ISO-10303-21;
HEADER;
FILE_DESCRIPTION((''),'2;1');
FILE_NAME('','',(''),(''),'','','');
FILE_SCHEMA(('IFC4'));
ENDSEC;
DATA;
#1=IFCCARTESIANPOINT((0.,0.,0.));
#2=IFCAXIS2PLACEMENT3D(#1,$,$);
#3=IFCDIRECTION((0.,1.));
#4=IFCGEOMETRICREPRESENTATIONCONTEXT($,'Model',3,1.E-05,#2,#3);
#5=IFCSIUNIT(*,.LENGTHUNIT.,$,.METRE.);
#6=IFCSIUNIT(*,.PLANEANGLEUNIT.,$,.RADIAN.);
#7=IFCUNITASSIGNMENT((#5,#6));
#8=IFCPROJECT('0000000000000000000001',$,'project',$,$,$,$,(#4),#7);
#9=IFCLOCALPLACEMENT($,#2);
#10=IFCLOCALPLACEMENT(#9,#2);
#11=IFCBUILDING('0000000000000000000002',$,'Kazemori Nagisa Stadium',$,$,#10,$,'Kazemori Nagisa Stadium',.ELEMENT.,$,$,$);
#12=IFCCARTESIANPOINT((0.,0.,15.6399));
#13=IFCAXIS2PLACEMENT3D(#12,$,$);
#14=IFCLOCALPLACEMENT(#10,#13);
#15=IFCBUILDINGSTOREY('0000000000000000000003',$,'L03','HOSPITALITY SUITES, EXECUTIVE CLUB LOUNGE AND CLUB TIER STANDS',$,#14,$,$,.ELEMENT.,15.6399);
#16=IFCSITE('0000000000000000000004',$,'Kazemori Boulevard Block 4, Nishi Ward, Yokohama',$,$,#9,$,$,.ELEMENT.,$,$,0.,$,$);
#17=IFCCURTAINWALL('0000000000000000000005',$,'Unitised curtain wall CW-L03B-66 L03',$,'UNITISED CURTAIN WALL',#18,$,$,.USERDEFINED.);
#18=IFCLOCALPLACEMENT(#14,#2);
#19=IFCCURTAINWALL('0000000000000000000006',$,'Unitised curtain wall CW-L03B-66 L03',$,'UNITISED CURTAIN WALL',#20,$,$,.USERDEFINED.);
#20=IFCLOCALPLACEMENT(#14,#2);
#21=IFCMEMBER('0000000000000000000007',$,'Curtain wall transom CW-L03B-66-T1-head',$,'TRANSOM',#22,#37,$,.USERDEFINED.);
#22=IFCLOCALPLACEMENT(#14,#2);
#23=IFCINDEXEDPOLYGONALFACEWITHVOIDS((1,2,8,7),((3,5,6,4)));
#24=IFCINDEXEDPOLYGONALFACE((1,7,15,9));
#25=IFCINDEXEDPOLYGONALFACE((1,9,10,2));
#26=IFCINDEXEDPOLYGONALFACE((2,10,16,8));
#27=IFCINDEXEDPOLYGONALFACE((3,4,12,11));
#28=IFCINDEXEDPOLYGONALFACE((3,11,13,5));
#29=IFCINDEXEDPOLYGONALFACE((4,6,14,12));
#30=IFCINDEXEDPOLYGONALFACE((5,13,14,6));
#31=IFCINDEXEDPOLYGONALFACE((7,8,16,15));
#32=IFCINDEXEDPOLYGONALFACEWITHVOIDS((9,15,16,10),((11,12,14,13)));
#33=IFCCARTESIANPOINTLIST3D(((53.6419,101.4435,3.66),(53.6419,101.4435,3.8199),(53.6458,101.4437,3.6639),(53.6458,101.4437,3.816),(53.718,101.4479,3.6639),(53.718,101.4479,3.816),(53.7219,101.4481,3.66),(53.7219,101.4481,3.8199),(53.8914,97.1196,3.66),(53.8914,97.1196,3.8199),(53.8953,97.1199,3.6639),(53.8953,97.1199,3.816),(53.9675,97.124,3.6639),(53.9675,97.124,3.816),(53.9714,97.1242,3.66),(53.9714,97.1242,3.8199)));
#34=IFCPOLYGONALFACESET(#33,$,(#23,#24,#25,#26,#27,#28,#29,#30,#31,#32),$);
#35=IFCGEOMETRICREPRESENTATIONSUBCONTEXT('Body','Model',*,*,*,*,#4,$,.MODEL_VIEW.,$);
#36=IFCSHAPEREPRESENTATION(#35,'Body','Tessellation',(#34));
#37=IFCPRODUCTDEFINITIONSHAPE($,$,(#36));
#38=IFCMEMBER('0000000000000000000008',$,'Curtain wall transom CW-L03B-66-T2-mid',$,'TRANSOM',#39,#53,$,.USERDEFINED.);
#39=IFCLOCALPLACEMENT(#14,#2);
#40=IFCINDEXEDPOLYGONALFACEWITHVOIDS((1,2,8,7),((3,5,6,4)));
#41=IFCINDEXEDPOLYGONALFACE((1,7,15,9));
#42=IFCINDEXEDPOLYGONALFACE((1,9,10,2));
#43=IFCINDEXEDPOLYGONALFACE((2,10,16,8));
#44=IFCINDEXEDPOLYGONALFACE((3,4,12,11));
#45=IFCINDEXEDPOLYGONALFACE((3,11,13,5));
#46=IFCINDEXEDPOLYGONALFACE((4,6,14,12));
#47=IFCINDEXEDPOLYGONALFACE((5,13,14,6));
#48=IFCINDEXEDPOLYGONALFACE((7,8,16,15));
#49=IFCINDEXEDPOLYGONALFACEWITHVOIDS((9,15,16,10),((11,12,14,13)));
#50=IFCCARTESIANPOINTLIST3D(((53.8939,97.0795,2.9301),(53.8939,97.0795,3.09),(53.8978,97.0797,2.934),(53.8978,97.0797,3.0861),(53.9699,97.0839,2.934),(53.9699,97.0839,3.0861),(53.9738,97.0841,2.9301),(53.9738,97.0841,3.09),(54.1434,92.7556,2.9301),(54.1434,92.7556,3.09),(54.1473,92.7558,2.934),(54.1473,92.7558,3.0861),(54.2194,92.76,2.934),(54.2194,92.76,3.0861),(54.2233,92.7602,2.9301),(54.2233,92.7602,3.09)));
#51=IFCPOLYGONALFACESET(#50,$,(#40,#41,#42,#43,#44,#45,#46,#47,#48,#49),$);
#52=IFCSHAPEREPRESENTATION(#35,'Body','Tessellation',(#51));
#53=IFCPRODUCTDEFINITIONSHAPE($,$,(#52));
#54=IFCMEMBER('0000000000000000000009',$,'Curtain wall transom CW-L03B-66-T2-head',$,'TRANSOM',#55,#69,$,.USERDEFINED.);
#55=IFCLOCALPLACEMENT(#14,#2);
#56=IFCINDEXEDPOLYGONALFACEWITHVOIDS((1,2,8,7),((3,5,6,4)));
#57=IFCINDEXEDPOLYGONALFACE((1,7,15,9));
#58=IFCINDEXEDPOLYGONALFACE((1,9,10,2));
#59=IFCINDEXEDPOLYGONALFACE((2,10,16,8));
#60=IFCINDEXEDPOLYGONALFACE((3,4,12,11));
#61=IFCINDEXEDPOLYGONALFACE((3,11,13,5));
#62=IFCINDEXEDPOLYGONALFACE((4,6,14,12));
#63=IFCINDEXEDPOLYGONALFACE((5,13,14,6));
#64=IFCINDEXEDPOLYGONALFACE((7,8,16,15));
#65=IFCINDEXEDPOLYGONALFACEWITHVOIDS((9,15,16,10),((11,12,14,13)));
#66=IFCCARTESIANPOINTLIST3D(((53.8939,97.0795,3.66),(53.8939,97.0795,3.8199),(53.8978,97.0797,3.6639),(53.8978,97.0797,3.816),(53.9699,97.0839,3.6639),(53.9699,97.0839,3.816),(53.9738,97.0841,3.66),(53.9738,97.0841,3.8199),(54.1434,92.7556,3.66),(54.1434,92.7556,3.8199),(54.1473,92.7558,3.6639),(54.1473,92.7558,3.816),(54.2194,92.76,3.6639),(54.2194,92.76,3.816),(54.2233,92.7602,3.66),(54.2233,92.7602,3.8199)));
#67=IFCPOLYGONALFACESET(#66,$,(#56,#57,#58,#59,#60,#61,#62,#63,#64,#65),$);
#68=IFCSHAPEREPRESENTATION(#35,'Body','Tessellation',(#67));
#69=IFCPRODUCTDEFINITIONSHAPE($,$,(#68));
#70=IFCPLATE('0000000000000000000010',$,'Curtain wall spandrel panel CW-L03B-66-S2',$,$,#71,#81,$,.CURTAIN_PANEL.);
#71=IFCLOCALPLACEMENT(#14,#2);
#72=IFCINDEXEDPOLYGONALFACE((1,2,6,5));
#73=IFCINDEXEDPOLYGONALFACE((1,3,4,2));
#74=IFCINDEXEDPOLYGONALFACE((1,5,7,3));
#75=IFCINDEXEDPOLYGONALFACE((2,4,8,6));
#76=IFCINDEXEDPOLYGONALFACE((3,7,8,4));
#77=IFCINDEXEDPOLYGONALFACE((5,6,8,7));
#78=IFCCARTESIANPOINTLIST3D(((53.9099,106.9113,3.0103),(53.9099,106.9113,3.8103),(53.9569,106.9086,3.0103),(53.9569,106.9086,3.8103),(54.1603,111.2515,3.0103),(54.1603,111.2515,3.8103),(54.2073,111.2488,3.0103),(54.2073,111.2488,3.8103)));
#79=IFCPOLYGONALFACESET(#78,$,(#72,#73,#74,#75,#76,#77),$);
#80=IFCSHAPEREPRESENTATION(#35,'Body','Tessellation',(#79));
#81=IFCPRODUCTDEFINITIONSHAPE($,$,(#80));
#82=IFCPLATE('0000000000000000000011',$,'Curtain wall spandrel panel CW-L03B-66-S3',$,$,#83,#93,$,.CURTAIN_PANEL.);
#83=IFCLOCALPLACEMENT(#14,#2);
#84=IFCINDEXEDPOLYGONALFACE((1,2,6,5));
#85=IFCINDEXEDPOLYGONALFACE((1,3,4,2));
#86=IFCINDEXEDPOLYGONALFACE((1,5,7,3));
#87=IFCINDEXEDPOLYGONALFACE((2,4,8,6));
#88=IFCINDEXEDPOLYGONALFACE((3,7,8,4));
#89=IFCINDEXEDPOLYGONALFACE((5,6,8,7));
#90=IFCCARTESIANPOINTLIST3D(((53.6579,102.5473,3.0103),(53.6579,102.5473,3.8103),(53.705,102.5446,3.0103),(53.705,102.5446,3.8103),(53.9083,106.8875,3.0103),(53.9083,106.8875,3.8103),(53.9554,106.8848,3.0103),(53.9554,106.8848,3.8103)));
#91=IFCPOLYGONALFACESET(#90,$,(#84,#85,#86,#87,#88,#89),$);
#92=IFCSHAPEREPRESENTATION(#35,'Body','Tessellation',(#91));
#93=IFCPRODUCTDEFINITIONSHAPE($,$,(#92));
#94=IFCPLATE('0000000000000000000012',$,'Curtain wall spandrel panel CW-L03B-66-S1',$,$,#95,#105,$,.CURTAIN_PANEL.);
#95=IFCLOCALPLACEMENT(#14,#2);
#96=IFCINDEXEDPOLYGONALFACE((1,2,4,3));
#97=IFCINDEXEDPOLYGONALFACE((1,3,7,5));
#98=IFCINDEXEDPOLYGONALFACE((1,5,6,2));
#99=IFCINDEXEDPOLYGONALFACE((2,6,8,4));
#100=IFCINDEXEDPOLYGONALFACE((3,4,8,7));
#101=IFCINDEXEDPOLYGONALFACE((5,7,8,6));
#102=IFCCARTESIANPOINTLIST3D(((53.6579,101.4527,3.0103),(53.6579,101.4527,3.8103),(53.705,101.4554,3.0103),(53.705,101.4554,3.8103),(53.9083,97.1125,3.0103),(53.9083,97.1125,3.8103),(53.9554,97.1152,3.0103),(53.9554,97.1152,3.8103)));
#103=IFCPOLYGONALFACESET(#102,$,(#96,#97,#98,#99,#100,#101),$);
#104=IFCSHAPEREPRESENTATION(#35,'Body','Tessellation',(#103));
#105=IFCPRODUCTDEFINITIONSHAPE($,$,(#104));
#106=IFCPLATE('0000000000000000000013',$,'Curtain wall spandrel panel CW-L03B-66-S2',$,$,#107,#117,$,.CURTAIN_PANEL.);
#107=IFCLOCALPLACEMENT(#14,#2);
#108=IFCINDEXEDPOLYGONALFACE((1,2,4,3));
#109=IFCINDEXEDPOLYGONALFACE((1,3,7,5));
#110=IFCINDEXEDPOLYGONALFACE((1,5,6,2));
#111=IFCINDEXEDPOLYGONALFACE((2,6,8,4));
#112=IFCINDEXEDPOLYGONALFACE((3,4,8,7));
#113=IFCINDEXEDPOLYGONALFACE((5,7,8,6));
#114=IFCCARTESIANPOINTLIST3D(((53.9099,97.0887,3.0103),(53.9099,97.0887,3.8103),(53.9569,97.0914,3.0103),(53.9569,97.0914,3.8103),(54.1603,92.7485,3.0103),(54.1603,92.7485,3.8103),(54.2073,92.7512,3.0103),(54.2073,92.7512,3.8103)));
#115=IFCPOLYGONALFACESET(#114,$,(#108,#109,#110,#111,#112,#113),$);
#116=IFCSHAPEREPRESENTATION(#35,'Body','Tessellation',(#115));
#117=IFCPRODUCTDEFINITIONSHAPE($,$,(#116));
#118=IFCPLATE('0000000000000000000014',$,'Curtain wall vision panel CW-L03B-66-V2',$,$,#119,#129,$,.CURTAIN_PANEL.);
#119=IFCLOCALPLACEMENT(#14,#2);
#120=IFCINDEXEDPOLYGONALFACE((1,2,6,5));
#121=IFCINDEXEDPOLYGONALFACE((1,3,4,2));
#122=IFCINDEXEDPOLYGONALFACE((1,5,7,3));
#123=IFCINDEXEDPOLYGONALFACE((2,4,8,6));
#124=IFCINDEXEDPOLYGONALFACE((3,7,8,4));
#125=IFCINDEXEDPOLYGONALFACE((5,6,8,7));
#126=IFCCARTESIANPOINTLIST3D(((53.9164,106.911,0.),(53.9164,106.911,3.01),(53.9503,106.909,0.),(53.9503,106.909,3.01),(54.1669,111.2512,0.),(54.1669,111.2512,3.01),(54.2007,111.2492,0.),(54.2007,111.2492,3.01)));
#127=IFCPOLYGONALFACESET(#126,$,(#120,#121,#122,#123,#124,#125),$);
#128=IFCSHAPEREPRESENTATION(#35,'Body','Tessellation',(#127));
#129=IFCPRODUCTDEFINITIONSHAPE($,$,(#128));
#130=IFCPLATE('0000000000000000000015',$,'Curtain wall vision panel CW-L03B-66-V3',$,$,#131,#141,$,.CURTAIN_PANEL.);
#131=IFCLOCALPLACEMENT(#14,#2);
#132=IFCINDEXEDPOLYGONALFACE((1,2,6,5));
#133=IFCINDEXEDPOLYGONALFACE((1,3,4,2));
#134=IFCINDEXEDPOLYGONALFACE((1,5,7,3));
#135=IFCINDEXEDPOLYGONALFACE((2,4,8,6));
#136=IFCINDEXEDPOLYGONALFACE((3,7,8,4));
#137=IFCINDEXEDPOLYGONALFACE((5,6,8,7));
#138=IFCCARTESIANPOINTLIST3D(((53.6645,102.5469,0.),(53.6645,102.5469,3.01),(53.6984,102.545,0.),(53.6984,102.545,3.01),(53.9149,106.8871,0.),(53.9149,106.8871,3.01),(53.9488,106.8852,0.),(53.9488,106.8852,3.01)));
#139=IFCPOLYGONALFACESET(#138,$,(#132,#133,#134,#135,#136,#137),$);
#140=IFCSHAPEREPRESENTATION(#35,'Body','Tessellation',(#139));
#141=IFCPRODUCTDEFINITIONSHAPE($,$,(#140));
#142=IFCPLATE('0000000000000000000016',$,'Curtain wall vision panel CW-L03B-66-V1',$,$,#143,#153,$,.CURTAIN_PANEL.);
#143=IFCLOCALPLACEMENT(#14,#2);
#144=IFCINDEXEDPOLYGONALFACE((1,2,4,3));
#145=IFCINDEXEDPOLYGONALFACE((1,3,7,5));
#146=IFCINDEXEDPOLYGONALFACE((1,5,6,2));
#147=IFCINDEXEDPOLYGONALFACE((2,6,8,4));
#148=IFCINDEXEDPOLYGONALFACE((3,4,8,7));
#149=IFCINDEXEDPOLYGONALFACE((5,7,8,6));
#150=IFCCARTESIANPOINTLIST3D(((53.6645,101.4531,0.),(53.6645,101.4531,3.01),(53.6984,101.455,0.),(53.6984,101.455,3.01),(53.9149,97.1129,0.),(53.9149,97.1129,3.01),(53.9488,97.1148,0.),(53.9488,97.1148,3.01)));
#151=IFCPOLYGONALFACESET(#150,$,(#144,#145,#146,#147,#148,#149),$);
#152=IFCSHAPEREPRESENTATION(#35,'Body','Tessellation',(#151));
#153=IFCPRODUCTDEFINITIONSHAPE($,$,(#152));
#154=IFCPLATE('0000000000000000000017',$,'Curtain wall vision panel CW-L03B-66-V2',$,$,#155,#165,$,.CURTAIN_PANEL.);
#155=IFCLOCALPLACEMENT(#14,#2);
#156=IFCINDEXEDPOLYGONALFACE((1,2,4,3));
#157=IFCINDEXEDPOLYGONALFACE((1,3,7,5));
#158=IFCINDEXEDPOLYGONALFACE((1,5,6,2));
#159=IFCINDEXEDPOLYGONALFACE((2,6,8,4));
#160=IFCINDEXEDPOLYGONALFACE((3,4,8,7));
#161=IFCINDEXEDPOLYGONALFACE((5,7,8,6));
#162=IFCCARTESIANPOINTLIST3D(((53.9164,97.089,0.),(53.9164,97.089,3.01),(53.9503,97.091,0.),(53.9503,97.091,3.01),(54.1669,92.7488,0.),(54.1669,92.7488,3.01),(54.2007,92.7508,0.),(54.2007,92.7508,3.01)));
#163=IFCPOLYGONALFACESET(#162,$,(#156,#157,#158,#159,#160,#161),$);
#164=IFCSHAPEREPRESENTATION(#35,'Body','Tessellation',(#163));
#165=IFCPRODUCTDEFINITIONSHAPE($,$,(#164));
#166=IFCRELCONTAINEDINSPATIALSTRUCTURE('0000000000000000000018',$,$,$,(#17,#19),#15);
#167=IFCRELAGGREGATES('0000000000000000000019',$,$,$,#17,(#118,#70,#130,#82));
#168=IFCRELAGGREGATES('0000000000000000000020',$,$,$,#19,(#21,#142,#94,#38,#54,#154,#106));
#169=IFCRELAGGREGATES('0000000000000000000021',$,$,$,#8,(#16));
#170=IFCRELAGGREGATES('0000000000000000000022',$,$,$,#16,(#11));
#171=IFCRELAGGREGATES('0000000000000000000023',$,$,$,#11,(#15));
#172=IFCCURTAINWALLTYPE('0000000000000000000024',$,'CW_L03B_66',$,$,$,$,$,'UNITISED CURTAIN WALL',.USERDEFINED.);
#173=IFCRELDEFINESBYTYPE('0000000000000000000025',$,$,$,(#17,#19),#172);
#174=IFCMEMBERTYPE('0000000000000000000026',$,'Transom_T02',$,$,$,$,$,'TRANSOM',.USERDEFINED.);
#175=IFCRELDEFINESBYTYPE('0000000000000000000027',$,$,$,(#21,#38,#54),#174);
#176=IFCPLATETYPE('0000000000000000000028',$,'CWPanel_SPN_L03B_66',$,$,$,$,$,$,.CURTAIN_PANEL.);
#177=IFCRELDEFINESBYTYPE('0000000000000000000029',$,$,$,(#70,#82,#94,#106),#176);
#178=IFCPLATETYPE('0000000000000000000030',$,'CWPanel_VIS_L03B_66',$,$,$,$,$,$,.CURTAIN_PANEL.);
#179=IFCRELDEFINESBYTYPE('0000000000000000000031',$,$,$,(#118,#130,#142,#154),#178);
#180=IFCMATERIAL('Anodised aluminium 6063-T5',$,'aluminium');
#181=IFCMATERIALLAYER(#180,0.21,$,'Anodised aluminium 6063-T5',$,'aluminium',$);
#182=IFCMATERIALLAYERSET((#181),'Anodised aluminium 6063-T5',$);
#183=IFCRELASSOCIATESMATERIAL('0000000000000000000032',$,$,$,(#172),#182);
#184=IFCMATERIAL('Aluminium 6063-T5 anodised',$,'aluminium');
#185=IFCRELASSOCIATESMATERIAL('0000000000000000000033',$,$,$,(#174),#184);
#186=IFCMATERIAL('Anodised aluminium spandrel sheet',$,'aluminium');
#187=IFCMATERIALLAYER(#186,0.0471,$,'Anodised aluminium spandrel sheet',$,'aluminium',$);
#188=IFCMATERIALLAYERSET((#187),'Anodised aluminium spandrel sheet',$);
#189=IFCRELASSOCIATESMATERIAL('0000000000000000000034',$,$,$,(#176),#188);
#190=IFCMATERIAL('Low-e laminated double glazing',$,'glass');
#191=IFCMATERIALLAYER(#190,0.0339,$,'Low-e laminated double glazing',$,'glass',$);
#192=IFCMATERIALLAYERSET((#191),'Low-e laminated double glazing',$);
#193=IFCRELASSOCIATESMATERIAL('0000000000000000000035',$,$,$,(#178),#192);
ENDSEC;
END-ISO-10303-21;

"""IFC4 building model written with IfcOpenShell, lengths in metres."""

from ifc_helpers import new_model, si_unit, direction, frame, origin, origin_2d, place, context, subcontext, project, spatial, rectangle, hollow_rectangle, extrude, material, layer, layer_set, material_profile, profile_set, type_object, element, aggregate, save


model = new_model("IFC4")

# Units and contexts
model_context = context("Model", 3, precision=1e-05, world=origin(), true_north=direction((0.0, 1.0)))
body_context = subcontext(model_context, "Body", "Model", "MODEL_VIEW")
ifc_project = project(units=[si_unit("LENGTHUNIT", "METRE"), si_unit("PLANEANGLEUNIT", "RADIAN")], contexts=[model_context])

# Site, building, storey
site_placement = place(None, origin())
site = spatial("IfcSite", under=ifc_project, at=site_placement, Name="Kazemori Boulevard Block 4, Nishi Ward, Yokohama", CompositionType="ELEMENT", RefElevation=0.0)
building_placement = place(site_placement, origin())
building = spatial("IfcBuilding", under=site, at=building_placement, Name="Kazemori Nagisa Stadium", LongName="Kazemori Nagisa Stadium", CompositionType="ELEMENT")
storey_placement = place(building_placement, frame((0.0, 0.0, 15.6399)))
storey = spatial("IfcBuildingStorey", under=building, at=storey_placement, Name="L03", Description="HOSPITALITY SUITES, EXECUTIVE CLUB LOUNGE AND CLUB TIER STANDS", CompositionType="ELEMENT", Elevation=15.6399)

# Curtain walls
ifc_material_1 = material(Name="Anodised aluminium 6063-T5", Category="aluminium")
ifc_layer_1 = layer(ifc_material_1, 0.21, Name="Anodised aluminium 6063-T5", Category="aluminium")
ifc_layer_set_1 = layer_set([ifc_layer_1], Name="Anodised aluminium 6063-T5")
curtain_wall_type = type_object("IfcCurtainWallType", Name="CW_L03B_66", ElementType="UNITISED CURTAIN WALL", PredefinedType="USERDEFINED", material=ifc_layer_set_1)
curtain_wall_1_placement = place(storey_placement, origin())
curtain_wall_1 = element("IfcCurtainWall", 1, at=curtain_wall_1_placement, inside=storey, type_object=curtain_wall_type, Name="Unitised curtain wall CW-L03B-66 L03", ObjectType="UNITISED CURTAIN WALL", PredefinedType="USERDEFINED")
ifc_material_2 = material(Name="Aluminium 6063-T5 anodised", Category="aluminium")
curtain_wall_2_placement = place(storey_placement, origin())
curtain_wall_2 = element("IfcCurtainWall", 2, at=curtain_wall_2_placement, inside=storey, type_object=curtain_wall_type, Name="Unitised curtain wall CW-L03B-66 L03", ObjectType="UNITISED CURTAIN WALL", PredefinedType="USERDEFINED")

# Members
ifc_material_profile_1 = material_profile(ifc_material_2, hollow_rectangle(XDim=0.0801, YDim=0.1599, WallThickness=0.0039, at=origin_2d()), Name="ALU-TRAN-80x160x4")
ifc_profile_set_1 = profile_set([ifc_material_profile_1], Name="Aluminium 6063-T5 anodised")
member_type_1 = type_object("IfcMemberType", Name="Transom_T02", ElementType="TRANSOM", PredefinedType="USERDEFINED", material=ifc_profile_set_1)
member_1_placement = place(storey_placement, frame((53.6819, 101.4458, 3.74), z_axis=(0.057608, -0.998339, 0.0), x_axis=(0.998339, 0.057608, 0.0)))
member_1 = element("IfcMember", 3, at=member_1_placement, type_object=member_type_1, Name="Curtain wall transom CW-L03B-66-T1-head", ObjectType="TRANSOM", PredefinedType="USERDEFINED", context=body_context, shape_type="SweptSolid", body=[
    extrude(hollow_rectangle(XDim=0.0801, YDim=0.1599, WallThickness=0.0039, at=origin_2d()), origin(), (0.0, 0.0, 1.0), 4.3311),
])
member_2_placement = place(storey_placement, frame((53.9338, 97.0818, 3.01), z_axis=(0.057608, -0.998339, 0.0), x_axis=(0.998339, 0.057608, 0.0)))
member_2 = element("IfcMember", 4, at=member_2_placement, type_object=member_type_1, Name="Curtain wall transom CW-L03B-66-T2-mid", ObjectType="TRANSOM", PredefinedType="USERDEFINED", context=body_context, shape_type="SweptSolid", body=[
    extrude(hollow_rectangle(XDim=0.0801, YDim=0.1599, WallThickness=0.0039, at=origin_2d()), origin(), (0.0, 0.0, 1.0), 4.3311),
])
member_3_placement = place(storey_placement, frame((53.9338, 97.0818, 3.74), z_axis=(0.057608, -0.998339, 0.0), x_axis=(0.998339, 0.057608, 0.0)))
member_3 = element("IfcMember", 5, at=member_3_placement, type_object=member_type_1, Name="Curtain wall transom CW-L03B-66-T2-head", ObjectType="TRANSOM", PredefinedType="USERDEFINED", context=body_context, shape_type="SweptSolid", body=[
    extrude(hollow_rectangle(XDim=0.0801, YDim=0.1599, WallThickness=0.0039, at=origin_2d()), origin(), (0.0, 0.0, 1.0), 4.3311),
])

# Plates
ifc_material_3 = material(Name="Anodised aluminium spandrel sheet", Category="aluminium")
ifc_layer_2 = layer(ifc_material_3, 0.0471, Name="Anodised aluminium spandrel sheet", Category="aluminium")
ifc_layer_set_2 = layer_set([ifc_layer_2], Name="Anodised aluminium spandrel sheet")
plate_type_1 = type_object("IfcPlateType", Name="CWPanel_SPN_L03B_66", PredefinedType="CURTAIN_PANEL", material=ifc_layer_set_2)
plate_1_placement = place(storey_placement, frame((54.0586, 109.0801, 3.0103), z_axis=(0.0, 0.0, 1.0), x_axis=(-0.057602, -0.99834, 0.0)))
plate_1 = element("IfcPlate", 6, at=plate_1_placement, type_object=plate_type_1, Name="Curtain wall spandrel panel CW-L03B-66-S2", PredefinedType="CURTAIN_PANEL", context=body_context, shape_type="SweptSolid", body=[
    extrude(rectangle(XDim=4.3474, YDim=0.0471, at=origin_2d()), origin(), (0.0, 0.0, 1.0), 0.8),
])
plate_2_placement = place(storey_placement, frame((53.8066, 104.7161, 3.0103), z_axis=(0.0, 0.0, 1.0), x_axis=(-0.057602, -0.99834, 0.0)))
plate_2 = element("IfcPlate", 7, at=plate_2_placement, type_object=plate_type_1, Name="Curtain wall spandrel panel CW-L03B-66-S3", PredefinedType="CURTAIN_PANEL", context=body_context, shape_type="SweptSolid", body=[
    extrude(rectangle(XDim=4.3474, YDim=0.0471, at=origin_2d()), origin(), (0.0, 0.0, 1.0), 0.8),
])
plate_3_placement = place(storey_placement, frame((53.8066, 99.2839, 3.0103), z_axis=(0.0, 0.0, 1.0), x_axis=(0.057602, -0.99834, 0.0)))
plate_3 = element("IfcPlate", 8, at=plate_3_placement, type_object=plate_type_1, Name="Curtain wall spandrel panel CW-L03B-66-S1", PredefinedType="CURTAIN_PANEL", context=body_context, shape_type="SweptSolid", body=[
    extrude(rectangle(XDim=4.3474, YDim=0.0471, at=origin_2d()), origin(), (0.0, 0.0, 1.0), 0.8),
])
plate_4_placement = place(storey_placement, frame((54.0586, 94.9199, 3.0103), z_axis=(0.0, 0.0, 1.0), x_axis=(0.057602, -0.99834, 0.0)))
plate_4 = element("IfcPlate", 9, at=plate_4_placement, type_object=plate_type_1, Name="Curtain wall spandrel panel CW-L03B-66-S2", PredefinedType="CURTAIN_PANEL", context=body_context, shape_type="SweptSolid", body=[
    extrude(rectangle(XDim=4.3474, YDim=0.0471, at=origin_2d()), origin(), (0.0, 0.0, 1.0), 0.8),
])
ifc_material_4 = material(Name="Low-e laminated double glazing", Category="glass")
ifc_layer_3 = layer(ifc_material_4, 0.0339, Name="Low-e laminated double glazing", Category="glass")
ifc_layer_set_3 = layer_set([ifc_layer_3], Name="Low-e laminated double glazing")
plate_type_2 = type_object("IfcPlateType", Name="CWPanel_VIS_L03B_66", PredefinedType="CURTAIN_PANEL", material=ifc_layer_set_3)
plate_5_placement = place(storey_placement, frame((54.0586, 109.0801, 0.0), z_axis=(0.0, 0.0, 1.0), x_axis=(-0.057602, -0.99834, 0.0)))
plate_5 = element("IfcPlate", 10, at=plate_5_placement, type_object=plate_type_2, Name="Curtain wall vision panel CW-L03B-66-V2", PredefinedType="CURTAIN_PANEL", context=body_context, shape_type="SweptSolid", body=[
    extrude(rectangle(XDim=4.3474, YDim=0.0339, at=origin_2d()), origin(), (0.0, 0.0, 1.0), 3.01),
])
plate_6_placement = place(storey_placement, frame((53.8066, 104.7161, 0.0), z_axis=(0.0, 0.0, 1.0), x_axis=(-0.057602, -0.99834, 0.0)))
plate_6 = element("IfcPlate", 11, at=plate_6_placement, type_object=plate_type_2, Name="Curtain wall vision panel CW-L03B-66-V3", PredefinedType="CURTAIN_PANEL", context=body_context, shape_type="SweptSolid", body=[
    extrude(rectangle(XDim=4.3474, YDim=0.0339, at=origin_2d()), origin(), (0.0, 0.0, 1.0), 3.01),
])
aggregate(curtain_wall_1, [plate_5, plate_1, plate_6, plate_2])
plate_7_placement = place(storey_placement, frame((53.8066, 99.2839, 0.0), z_axis=(0.0, 0.0, 1.0), x_axis=(0.057602, -0.99834, 0.0)))
plate_7 = element("IfcPlate", 12, at=plate_7_placement, type_object=plate_type_2, Name="Curtain wall vision panel CW-L03B-66-V1", PredefinedType="CURTAIN_PANEL", context=body_context, shape_type="SweptSolid", body=[
    extrude(rectangle(XDim=4.3474, YDim=0.0339, at=origin_2d()), origin(), (0.0, 0.0, 1.0), 3.01),
])
plate_8_placement = place(storey_placement, frame((54.0586, 94.9199, 0.0), z_axis=(0.0, 0.0, 1.0), x_axis=(0.057602, -0.99834, 0.0)))
plate_8 = element("IfcPlate", 13, at=plate_8_placement, type_object=plate_type_2, Name="Curtain wall vision panel CW-L03B-66-V2", PredefinedType="CURTAIN_PANEL", context=body_context, shape_type="SweptSolid", body=[
    extrude(rectangle(XDim=4.3474, YDim=0.0339, at=origin_2d()), origin(), (0.0, 0.0, 1.0), 3.01),
])
aggregate(curtain_wall_2, [member_1, plate_7, plate_3, member_2, member_3, plate_8, plate_4])

save(model, "model.ifc")
